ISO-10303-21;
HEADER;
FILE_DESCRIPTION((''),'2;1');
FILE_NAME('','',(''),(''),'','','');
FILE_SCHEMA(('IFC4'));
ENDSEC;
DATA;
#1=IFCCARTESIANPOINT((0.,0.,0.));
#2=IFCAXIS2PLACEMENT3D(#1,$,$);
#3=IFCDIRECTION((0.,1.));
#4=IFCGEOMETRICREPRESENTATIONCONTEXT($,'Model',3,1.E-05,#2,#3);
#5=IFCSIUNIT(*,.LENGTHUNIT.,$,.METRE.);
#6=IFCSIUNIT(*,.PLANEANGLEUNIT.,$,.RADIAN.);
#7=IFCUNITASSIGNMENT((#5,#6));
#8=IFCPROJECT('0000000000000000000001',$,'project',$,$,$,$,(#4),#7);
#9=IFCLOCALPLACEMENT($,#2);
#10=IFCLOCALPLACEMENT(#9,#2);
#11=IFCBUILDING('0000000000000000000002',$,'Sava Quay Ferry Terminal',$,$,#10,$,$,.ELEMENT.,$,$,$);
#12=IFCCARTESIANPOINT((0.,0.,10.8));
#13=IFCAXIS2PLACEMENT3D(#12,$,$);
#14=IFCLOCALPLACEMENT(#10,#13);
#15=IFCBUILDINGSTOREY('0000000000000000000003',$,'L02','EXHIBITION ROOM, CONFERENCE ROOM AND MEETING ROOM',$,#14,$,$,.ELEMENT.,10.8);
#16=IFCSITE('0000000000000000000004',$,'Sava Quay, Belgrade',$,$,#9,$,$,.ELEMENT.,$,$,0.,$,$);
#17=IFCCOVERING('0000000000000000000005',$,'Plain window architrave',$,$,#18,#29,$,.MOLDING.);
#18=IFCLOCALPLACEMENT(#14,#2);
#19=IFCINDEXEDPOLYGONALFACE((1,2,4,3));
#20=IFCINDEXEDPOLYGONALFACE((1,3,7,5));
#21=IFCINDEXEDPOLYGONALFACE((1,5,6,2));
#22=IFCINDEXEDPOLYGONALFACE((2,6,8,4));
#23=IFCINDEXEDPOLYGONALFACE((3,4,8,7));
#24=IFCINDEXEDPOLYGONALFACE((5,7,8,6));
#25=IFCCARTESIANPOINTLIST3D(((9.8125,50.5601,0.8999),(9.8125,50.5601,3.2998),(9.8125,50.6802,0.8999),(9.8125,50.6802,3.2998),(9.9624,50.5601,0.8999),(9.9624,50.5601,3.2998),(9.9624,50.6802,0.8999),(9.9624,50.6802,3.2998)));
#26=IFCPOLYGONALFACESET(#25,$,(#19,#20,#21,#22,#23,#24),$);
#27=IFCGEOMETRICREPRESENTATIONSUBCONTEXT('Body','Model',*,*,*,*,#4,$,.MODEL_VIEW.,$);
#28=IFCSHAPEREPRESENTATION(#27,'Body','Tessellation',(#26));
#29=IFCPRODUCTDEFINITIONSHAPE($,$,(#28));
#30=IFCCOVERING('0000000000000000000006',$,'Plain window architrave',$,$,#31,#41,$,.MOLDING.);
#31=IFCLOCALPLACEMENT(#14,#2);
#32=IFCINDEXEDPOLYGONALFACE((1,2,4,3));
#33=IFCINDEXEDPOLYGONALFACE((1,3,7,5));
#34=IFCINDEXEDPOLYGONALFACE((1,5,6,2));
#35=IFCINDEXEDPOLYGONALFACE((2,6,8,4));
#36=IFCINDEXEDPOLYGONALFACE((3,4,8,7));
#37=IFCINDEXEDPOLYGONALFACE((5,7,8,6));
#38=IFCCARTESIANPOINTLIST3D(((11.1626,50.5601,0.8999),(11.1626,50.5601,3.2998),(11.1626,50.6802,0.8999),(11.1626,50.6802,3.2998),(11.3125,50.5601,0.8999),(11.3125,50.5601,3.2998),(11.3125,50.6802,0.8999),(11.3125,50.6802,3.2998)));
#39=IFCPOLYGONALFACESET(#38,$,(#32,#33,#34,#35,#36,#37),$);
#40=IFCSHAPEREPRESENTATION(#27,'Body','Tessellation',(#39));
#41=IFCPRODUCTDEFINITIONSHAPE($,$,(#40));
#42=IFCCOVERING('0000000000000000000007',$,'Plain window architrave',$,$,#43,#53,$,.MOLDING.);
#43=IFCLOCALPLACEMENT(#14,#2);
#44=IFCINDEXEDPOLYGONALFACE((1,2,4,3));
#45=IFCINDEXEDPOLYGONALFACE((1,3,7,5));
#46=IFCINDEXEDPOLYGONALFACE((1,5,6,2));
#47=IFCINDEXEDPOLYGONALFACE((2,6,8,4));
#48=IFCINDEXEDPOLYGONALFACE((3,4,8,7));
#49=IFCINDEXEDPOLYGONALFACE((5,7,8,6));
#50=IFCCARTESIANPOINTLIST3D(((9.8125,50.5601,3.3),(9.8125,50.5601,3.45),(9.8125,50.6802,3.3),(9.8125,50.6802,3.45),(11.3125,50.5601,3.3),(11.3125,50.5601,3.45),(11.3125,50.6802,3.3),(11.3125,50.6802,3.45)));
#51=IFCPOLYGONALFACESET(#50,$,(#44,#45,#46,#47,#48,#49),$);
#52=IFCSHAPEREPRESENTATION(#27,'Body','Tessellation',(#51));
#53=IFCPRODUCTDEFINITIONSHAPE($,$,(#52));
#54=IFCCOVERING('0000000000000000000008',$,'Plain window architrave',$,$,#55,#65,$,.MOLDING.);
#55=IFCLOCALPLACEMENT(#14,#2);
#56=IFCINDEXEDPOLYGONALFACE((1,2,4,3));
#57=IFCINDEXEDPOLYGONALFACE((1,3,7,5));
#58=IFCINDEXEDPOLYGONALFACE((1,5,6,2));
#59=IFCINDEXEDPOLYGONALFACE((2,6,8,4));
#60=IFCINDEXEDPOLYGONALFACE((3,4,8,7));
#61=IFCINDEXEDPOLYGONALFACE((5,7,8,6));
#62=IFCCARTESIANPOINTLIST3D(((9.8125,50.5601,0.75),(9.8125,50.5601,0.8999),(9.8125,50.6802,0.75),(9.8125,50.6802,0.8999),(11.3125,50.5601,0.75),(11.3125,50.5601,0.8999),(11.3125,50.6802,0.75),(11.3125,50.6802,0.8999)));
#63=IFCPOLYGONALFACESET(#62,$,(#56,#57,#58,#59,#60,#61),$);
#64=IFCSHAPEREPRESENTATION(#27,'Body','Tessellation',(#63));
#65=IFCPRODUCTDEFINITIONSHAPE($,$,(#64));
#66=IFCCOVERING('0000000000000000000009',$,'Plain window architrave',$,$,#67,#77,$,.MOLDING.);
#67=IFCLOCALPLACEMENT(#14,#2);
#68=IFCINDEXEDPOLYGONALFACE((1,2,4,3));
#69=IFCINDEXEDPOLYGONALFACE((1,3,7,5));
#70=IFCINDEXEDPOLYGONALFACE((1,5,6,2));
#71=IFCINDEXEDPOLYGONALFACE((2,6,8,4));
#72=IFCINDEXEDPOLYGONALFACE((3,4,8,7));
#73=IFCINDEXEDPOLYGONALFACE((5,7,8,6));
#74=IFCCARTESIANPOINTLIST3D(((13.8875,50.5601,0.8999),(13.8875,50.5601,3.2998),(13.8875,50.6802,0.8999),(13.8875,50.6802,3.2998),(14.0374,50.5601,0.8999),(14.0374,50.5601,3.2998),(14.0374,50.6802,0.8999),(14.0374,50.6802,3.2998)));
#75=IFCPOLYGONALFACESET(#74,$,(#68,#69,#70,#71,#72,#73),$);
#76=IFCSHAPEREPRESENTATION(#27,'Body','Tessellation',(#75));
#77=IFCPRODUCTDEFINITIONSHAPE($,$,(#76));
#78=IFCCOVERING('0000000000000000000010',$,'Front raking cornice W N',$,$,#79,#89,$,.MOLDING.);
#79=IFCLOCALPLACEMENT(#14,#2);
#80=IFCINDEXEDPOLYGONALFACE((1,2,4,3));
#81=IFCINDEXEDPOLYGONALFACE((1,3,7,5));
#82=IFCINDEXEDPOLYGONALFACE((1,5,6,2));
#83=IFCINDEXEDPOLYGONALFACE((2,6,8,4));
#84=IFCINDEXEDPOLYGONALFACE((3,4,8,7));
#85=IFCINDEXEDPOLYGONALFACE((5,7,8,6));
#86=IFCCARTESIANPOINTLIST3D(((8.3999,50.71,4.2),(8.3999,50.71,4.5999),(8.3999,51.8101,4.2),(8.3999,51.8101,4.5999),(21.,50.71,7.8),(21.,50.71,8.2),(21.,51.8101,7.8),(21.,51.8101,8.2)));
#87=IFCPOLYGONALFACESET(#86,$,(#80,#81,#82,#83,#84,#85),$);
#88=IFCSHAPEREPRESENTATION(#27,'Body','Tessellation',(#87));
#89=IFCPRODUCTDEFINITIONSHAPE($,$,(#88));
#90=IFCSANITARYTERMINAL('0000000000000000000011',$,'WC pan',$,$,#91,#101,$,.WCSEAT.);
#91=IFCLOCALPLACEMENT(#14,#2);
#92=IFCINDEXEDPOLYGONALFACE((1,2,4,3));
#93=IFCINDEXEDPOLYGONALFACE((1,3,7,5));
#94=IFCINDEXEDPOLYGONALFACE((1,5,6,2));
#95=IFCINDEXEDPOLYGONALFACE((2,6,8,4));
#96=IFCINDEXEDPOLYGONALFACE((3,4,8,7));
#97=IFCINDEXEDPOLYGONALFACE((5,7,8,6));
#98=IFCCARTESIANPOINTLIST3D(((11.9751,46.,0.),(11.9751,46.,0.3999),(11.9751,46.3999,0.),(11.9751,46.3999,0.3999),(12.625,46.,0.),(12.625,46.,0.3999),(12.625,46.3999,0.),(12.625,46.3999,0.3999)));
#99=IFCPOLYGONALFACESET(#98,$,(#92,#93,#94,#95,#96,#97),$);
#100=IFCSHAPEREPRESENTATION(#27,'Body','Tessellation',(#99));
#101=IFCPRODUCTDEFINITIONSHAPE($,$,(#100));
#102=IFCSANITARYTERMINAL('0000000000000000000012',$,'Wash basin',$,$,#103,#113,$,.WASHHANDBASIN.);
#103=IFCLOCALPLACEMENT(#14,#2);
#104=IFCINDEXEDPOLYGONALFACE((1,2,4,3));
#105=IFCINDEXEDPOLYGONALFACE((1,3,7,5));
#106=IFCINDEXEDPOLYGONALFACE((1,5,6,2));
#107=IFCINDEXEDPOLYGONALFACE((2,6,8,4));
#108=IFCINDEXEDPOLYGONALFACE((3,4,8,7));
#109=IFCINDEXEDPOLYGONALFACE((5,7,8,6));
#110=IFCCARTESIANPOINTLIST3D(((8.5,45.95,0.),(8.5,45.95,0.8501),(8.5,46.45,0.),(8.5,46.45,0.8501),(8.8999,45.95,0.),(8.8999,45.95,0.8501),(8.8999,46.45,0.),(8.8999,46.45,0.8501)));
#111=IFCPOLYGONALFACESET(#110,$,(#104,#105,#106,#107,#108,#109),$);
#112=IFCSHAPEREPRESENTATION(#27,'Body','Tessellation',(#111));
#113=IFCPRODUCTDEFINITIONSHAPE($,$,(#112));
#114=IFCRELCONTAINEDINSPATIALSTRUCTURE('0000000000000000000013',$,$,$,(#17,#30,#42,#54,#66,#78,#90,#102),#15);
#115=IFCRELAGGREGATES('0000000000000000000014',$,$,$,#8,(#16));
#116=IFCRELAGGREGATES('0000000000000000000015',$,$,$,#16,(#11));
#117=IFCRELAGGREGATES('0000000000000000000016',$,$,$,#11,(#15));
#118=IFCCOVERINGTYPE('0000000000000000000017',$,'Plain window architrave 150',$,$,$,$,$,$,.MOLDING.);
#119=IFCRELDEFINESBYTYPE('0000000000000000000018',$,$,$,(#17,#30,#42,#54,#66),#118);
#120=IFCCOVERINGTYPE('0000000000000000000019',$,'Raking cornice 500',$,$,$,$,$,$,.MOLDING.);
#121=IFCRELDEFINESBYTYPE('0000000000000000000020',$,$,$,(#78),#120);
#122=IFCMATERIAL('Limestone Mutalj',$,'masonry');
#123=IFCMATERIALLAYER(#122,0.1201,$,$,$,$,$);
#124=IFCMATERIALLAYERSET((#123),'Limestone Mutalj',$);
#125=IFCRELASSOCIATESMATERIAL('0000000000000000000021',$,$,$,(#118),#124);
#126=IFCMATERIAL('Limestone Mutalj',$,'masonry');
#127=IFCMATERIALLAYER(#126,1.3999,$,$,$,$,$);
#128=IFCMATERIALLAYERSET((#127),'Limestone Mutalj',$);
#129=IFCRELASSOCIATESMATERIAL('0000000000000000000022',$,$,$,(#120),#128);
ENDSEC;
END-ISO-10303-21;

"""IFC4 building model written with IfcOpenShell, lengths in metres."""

from ifc_helpers import new_model, si_unit, direction, frame, origin, origin_2d, place, context, subcontext, project, spatial, polyline, rectangle, outline, extrude, material, layer, layer_set, type_object, element, save


model = new_model("IFC4")

# Units and contexts
model_context = context("Model", 3, precision=1e-05, world=origin(), true_north=direction((0.0, 1.0)))
body_context = subcontext(model_context, "Body", "Model", "MODEL_VIEW")
ifc_project = project(units=[si_unit("LENGTHUNIT", "METRE"), si_unit("PLANEANGLEUNIT", "RADIAN")], contexts=[model_context])

# Site, building, storey
site_placement = place(None, origin())
site = spatial("IfcSite", under=ifc_project, at=site_placement, Name="Sava Quay, Belgrade", CompositionType="ELEMENT", RefElevation=0.0)
building_placement = place(site_placement, origin())
building = spatial("IfcBuilding", under=site, at=building_placement, Name="Sava Quay Ferry Terminal", CompositionType="ELEMENT")
storey_placement = place(building_placement, frame((0.0, 0.0, 10.8)))
storey = spatial("IfcBuildingStorey", under=building, at=storey_placement, Name="L02", Description="EXHIBITION ROOM, CONFERENCE ROOM AND MEETING ROOM", CompositionType="ELEMENT", Elevation=10.8)

# Coverings
ifc_material_1 = material(Name="Limestone Mutalj", Category="masonry")
ifc_layer_1 = layer(ifc_material_1, 0.1201)
ifc_layer_set_1 = layer_set([ifc_layer_1], Name="Limestone Mutalj")
covering_type_1 = type_object("IfcCoveringType", Name="Plain window architrave 150", PredefinedType="MOLDING", material=ifc_layer_set_1)
for number, where, z_axis, x_axis, name in (
    (1, (9.8875, 50.6201, 0.8999), (0.0, 0.0, 1.0), (1.0, 0.0, 0.0), "Plain window architrave"),
    (2, (11.2375, 50.6201, 0.8999), (0.0, 0.0, 1.0), (1.0, 0.0, 0.0), "Plain window architrave"),
):
    element("IfcCovering", number, at=place(storey_placement, frame(where, z_axis=z_axis, x_axis=x_axis)), inside=storey, type_object=covering_type_1, Name=name, PredefinedType="MOLDING", context=body_context, shape_type="SweptSolid", body=[
        extrude(rectangle(XDim=0.1499, YDim=0.1201, at=origin_2d()), origin(), (0.0, 0.0, 1.0), 2.3999),
    ])
for number, where, z_axis, x_axis, name in (
    (3, (10.5625, 50.6201, 3.3), (0.0, 0.0, 1.0), (1.0, 0.0, 0.0), "Plain window architrave"),
    (4, (10.5625, 50.6201, 0.75), (0.0, 0.0, 1.0), (1.0, 0.0, 0.0), "Plain window architrave"),
):
    element("IfcCovering", number, at=place(storey_placement, frame(where, z_axis=z_axis, x_axis=x_axis)), inside=storey, type_object=covering_type_1, Name=name, PredefinedType="MOLDING", context=body_context, shape_type="SweptSolid", body=[
        extrude(rectangle(XDim=1.5, YDim=0.1201, at=origin_2d()), origin(), (0.0, 0.0, 1.0), 0.1499),
    ])
covering_1_placement = place(storey_placement, frame((13.9624, 50.6201, 0.8999), z_axis=(0.0, 0.0, 1.0), x_axis=(1.0, 0.0, 0.0)))
element("IfcCovering", 5, at=covering_1_placement, inside=storey, type_object=covering_type_1, Name="Plain window architrave", PredefinedType="MOLDING", context=body_context, shape_type="SweptSolid", body=[
    extrude(rectangle(XDim=0.1499, YDim=0.1201, at=origin_2d()), origin(), (0.0, 0.0, 1.0), 2.3999),
])
ifc_material_2 = material(Name="Limestone Mutalj", Category="masonry")
ifc_layer_2 = layer(ifc_material_2, 1.3999)
ifc_layer_set_2 = layer_set([ifc_layer_2], Name="Limestone Mutalj")
covering_type_2 = type_object("IfcCoveringType", Name="Raking cornice 500", PredefinedType="MOLDING", material=ifc_layer_set_2)
covering_2_placement = place(storey_placement, frame((8.3999, 50.71, 4.2), z_axis=(0.0, -1.0, 0.0), x_axis=(0.961523, 0.0, 0.274726)))
element("IfcCovering", 6, at=covering_2_placement, inside=storey, type_object=covering_type_2, Name="Front raking cornice W N", PredefinedType="MOLDING", context=body_context, shape_type="SweptSolid", body=[
    extrude(outline(polyline([(0.0, 0.0), (13.1043, 0.0), (13.2142, 0.3845), (0.1099, 0.3845), (0.0, 0.0)])), origin(), (0.0, 0.0, -1.0), 1.1001),
])

# Sanitary terminals
sanitary_terminal_1_placement = place(storey_placement, frame((12.3, 46.2, 0.0), z_axis=(0.0, 0.0, 1.0), x_axis=(1.0, 0.0, 0.0)))
element("IfcSanitaryTerminal", 7, at=sanitary_terminal_1_placement, inside=storey, Name="WC pan", PredefinedType="WCSEAT", context=body_context, shape_type="SweptSolid", body=[
    extrude(rectangle(XDim=0.6499, YDim=0.3999, at=origin_2d()), origin(), (0.0, 0.0, 1.0), 0.3999),
])
sanitary_terminal_2_placement = place(storey_placement, frame((8.7, 46.2, 0.0), z_axis=(0.0, 0.0, 1.0), x_axis=(1.0, 0.0, 0.0)))
element("IfcSanitaryTerminal", 8, at=sanitary_terminal_2_placement, inside=storey, Name="Wash basin", PredefinedType="WASHHANDBASIN", context=body_context, shape_type="SweptSolid", body=[
    extrude(rectangle(XDim=0.3999, YDim=0.5, at=origin_2d()), origin(), (0.0, 0.0, 1.0), 0.8501),
])

save(model, "model.ifc")
